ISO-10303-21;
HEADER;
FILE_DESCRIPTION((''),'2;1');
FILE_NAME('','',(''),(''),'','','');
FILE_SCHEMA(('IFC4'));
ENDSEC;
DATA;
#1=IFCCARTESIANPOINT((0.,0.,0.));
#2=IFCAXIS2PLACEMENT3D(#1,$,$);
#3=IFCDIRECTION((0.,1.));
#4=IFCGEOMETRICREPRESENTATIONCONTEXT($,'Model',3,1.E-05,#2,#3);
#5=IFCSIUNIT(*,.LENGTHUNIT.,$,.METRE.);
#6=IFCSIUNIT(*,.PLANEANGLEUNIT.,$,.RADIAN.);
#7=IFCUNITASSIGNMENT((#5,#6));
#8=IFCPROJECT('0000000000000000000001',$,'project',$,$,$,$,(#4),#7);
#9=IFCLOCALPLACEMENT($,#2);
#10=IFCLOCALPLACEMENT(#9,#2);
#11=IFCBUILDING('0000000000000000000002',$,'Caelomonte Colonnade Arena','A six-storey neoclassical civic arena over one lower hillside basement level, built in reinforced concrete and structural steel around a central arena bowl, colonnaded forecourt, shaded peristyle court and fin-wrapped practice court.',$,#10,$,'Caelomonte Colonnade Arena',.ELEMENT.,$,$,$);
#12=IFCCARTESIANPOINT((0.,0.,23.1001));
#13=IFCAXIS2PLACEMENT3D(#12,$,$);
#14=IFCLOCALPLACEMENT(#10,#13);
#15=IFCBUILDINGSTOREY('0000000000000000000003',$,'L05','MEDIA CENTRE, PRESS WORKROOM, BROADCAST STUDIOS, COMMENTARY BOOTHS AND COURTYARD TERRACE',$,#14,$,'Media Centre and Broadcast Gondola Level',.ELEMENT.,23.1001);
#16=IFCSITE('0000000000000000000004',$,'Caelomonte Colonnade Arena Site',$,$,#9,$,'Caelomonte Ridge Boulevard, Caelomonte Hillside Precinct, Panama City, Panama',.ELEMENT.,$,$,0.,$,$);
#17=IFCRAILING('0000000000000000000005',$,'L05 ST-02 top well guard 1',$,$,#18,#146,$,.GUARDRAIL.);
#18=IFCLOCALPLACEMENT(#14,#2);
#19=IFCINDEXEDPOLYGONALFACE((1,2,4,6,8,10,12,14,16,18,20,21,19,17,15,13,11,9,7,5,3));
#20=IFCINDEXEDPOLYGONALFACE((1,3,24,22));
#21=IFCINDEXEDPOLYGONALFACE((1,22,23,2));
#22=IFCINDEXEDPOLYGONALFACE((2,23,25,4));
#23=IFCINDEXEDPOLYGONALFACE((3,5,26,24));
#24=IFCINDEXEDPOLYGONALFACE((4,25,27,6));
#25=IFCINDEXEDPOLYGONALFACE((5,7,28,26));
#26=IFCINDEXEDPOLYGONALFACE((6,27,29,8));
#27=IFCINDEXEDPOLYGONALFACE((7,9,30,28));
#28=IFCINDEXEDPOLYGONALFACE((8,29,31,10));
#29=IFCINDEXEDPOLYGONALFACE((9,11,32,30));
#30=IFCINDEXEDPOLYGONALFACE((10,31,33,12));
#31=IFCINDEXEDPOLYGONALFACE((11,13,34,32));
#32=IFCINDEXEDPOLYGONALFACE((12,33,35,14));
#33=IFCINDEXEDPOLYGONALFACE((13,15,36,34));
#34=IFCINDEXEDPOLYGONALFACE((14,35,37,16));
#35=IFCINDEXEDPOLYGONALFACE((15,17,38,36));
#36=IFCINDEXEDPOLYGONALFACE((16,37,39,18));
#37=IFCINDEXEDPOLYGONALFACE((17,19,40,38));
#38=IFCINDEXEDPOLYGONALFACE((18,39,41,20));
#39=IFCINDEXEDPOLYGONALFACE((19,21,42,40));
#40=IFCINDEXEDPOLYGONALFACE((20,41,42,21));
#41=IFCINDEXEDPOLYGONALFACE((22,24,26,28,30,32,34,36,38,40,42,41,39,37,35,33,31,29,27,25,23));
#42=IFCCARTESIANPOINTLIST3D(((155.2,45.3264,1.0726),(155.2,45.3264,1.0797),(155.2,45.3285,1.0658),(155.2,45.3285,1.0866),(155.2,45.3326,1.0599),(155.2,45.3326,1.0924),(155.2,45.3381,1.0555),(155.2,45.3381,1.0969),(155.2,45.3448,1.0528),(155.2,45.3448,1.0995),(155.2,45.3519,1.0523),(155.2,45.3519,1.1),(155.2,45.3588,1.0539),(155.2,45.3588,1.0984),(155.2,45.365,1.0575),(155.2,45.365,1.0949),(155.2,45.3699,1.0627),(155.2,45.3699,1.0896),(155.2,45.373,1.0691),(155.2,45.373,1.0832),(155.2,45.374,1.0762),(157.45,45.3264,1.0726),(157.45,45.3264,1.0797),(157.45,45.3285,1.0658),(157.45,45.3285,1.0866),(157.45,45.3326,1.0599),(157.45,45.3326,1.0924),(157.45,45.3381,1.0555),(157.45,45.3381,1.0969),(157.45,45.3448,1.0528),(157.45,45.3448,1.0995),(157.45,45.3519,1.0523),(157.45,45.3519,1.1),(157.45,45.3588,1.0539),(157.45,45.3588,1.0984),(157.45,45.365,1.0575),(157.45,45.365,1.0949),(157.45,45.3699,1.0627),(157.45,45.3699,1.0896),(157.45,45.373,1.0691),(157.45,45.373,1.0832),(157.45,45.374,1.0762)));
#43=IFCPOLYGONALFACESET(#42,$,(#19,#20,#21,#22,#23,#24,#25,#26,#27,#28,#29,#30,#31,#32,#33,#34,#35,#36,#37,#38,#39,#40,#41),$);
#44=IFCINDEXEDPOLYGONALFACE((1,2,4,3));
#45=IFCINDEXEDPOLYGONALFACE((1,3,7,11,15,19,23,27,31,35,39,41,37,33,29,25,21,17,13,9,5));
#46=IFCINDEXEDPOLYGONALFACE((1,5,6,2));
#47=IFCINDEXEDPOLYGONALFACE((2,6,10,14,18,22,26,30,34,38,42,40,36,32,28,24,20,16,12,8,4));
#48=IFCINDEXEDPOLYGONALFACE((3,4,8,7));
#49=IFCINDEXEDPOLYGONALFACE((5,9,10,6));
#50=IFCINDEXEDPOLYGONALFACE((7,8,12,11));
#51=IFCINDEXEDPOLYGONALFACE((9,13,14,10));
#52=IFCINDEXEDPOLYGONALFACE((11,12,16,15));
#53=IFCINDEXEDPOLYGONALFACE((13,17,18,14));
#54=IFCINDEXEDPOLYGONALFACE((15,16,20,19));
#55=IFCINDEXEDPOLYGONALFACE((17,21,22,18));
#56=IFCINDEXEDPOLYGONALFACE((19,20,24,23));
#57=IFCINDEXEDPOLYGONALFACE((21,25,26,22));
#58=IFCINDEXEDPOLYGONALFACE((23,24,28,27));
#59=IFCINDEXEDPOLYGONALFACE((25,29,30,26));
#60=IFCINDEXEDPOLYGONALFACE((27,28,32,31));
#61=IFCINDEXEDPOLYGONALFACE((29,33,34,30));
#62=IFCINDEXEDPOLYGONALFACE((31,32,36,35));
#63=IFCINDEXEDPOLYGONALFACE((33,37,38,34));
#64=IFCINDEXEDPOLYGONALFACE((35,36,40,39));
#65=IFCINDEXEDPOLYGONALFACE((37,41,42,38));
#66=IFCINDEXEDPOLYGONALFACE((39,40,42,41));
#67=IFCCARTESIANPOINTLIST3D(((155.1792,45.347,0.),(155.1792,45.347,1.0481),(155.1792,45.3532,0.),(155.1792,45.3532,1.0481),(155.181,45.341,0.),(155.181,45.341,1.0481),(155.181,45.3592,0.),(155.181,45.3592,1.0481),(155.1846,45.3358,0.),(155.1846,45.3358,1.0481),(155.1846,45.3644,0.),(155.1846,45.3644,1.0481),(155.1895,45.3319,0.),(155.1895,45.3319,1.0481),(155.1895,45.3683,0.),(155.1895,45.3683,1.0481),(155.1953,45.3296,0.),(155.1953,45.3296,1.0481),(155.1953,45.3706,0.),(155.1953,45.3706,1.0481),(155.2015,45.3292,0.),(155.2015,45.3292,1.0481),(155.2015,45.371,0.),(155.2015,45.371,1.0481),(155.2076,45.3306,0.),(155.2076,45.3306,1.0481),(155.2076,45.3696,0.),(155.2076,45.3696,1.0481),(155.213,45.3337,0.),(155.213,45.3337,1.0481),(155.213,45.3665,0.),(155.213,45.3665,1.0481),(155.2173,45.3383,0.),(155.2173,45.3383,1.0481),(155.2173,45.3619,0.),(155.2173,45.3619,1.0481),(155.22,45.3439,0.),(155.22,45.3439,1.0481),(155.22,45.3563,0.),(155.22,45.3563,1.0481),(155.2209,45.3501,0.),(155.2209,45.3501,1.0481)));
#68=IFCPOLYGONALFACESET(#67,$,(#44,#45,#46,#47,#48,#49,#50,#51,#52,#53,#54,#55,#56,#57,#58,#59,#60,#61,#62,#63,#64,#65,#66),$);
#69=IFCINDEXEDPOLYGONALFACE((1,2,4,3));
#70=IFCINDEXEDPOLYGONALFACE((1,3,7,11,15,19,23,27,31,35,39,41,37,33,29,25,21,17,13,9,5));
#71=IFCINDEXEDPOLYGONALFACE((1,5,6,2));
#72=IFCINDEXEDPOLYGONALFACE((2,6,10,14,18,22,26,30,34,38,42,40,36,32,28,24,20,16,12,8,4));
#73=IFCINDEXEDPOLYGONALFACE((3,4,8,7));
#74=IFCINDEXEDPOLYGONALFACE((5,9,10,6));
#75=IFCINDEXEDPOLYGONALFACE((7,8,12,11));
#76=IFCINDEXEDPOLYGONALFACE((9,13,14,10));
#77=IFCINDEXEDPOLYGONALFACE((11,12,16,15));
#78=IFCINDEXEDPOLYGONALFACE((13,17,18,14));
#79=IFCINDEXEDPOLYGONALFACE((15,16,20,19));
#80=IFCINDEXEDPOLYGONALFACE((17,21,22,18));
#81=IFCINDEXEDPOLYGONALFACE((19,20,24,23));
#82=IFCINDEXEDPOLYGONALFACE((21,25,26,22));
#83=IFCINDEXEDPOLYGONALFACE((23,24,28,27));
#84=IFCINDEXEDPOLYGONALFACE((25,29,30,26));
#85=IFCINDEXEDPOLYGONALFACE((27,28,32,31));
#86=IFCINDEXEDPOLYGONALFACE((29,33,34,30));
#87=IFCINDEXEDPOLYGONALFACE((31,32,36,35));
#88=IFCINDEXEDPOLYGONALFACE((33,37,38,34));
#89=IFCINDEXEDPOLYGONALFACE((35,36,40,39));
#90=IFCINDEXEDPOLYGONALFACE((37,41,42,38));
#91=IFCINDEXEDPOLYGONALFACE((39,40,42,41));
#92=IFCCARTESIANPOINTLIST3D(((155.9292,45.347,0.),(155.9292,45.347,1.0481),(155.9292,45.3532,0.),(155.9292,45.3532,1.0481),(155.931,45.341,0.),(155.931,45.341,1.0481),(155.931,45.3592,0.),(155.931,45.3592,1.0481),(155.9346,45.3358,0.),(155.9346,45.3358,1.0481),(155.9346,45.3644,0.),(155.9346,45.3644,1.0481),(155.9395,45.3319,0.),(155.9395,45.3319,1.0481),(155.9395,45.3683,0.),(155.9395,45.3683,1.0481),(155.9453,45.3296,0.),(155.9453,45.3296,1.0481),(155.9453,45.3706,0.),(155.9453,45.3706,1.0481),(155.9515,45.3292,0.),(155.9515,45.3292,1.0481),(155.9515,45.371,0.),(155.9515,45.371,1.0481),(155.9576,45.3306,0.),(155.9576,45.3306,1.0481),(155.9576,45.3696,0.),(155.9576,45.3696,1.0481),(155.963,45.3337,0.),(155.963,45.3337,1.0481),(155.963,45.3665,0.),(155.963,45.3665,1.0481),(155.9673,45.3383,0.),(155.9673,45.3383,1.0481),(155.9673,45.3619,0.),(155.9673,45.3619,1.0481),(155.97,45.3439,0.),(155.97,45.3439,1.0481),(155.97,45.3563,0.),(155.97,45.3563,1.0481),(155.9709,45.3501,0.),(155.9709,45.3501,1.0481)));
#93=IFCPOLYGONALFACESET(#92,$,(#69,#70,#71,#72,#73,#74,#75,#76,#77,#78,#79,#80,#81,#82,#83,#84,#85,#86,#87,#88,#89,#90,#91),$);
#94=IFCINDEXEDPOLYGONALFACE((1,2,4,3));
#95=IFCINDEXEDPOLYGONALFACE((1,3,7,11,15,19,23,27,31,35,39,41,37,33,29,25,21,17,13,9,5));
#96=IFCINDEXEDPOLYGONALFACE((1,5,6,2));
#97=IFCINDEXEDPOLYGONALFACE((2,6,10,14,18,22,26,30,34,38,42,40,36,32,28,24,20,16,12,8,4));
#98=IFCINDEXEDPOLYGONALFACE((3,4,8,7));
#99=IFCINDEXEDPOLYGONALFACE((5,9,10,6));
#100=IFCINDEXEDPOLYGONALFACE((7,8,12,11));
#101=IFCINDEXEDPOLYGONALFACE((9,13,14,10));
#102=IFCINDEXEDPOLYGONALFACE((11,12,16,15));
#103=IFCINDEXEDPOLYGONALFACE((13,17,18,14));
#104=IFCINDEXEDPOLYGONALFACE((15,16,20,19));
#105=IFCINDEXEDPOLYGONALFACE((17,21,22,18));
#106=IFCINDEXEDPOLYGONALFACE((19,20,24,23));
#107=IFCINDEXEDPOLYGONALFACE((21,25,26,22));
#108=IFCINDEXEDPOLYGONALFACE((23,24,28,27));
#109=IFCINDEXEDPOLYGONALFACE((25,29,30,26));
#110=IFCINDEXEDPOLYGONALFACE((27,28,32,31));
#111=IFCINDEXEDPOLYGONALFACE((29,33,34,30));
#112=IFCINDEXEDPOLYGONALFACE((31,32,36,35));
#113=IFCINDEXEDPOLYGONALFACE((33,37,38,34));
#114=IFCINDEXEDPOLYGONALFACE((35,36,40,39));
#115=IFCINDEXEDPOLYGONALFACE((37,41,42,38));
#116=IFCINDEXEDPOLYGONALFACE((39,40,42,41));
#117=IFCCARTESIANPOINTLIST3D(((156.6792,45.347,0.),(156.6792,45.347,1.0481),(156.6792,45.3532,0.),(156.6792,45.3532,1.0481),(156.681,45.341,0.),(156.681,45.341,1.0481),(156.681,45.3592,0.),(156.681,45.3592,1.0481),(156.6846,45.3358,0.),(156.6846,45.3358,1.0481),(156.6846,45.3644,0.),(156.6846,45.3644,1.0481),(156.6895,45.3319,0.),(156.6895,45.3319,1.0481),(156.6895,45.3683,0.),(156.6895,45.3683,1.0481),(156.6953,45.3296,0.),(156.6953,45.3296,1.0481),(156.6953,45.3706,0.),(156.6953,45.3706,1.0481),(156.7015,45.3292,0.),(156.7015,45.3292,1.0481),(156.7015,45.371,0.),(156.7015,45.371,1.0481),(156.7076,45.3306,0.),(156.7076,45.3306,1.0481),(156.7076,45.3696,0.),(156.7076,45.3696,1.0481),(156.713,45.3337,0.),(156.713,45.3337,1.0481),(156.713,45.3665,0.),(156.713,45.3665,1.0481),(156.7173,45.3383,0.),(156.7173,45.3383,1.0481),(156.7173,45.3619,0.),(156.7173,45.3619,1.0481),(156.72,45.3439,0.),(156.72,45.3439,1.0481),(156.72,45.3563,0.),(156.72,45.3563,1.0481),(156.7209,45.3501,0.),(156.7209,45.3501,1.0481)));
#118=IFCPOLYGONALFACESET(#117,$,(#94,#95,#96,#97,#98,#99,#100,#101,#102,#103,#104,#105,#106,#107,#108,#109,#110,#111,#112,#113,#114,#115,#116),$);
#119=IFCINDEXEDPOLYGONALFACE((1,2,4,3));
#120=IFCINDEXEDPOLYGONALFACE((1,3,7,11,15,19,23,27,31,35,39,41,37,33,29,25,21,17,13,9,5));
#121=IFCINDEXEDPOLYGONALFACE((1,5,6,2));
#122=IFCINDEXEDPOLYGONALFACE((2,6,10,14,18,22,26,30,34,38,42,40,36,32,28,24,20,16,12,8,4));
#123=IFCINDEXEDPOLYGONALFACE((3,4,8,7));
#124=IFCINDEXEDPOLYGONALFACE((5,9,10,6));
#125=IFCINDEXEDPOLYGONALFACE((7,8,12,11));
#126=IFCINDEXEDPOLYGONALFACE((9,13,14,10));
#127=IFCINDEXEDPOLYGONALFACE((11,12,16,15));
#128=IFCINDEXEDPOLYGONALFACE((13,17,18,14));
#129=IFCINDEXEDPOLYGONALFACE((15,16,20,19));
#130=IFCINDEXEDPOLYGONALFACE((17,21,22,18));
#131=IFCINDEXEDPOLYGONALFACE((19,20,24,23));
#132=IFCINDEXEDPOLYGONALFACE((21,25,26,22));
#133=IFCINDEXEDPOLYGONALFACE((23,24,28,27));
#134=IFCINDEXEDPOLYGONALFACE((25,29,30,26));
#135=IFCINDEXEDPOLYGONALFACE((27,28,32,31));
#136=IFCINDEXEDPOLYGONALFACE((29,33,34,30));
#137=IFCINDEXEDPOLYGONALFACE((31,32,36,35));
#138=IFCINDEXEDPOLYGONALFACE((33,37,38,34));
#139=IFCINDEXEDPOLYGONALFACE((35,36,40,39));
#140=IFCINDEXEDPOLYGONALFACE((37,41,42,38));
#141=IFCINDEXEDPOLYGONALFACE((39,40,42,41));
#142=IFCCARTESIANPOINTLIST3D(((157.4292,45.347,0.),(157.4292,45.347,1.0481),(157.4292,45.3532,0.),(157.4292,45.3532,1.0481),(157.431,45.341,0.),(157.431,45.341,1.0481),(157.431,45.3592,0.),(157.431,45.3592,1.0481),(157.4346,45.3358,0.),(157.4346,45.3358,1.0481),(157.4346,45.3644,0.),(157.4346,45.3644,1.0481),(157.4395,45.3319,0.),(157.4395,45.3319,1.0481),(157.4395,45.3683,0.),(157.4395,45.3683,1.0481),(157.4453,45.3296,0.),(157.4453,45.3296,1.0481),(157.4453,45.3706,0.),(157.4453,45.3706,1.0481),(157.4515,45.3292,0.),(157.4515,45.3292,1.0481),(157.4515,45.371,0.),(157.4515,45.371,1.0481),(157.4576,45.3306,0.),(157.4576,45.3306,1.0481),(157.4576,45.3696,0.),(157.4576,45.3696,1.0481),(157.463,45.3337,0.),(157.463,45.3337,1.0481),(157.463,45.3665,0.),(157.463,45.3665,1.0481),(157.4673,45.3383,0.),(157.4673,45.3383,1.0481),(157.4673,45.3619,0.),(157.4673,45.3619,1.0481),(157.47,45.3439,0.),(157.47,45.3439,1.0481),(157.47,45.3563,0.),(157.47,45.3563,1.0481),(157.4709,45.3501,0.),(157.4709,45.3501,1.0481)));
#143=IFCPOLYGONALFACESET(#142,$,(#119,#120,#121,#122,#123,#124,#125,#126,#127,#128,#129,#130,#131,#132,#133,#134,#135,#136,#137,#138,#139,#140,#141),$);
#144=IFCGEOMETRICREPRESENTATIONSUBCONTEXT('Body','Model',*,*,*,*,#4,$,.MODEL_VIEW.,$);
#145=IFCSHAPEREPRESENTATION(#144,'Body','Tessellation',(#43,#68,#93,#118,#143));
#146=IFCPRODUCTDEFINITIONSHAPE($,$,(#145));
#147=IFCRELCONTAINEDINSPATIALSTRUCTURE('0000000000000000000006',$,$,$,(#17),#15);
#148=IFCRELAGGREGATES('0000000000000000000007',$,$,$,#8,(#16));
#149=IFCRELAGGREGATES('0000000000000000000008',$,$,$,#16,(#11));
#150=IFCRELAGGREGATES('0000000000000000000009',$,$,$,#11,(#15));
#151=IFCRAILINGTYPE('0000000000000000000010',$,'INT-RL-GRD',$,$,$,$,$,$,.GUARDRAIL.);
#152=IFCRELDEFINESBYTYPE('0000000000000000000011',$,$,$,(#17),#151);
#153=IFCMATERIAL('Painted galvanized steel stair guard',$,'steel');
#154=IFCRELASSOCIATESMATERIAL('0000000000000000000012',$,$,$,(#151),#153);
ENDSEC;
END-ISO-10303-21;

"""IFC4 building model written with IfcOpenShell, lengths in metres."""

from ifc_helpers import new_model, si_unit, direction, frame, origin, origin_2d, place, context, subcontext, project, spatial, circle, extrude, material, type_object, element, save


model = new_model("IFC4")

# Units and contexts
model_context = context("Model", 3, precision=1e-05, world=origin(), true_north=direction((0.0, 1.0)))
body_context = subcontext(model_context, "Body", "Model", "MODEL_VIEW")
ifc_project = project(units=[si_unit("LENGTHUNIT", "METRE"), si_unit("PLANEANGLEUNIT", "RADIAN")], contexts=[model_context])

# Site, building, storey
site_placement = place(None, origin())
site = spatial("IfcSite", under=ifc_project, at=site_placement, Name="Caelomonte Colonnade Arena Site", LongName="Caelomonte Ridge Boulevard, Caelomonte Hillside Precinct, Panama City, Panama", CompositionType="ELEMENT", RefElevation=0.0)
building_placement = place(site_placement, origin())
building = spatial("IfcBuilding", under=site, at=building_placement, Name="Caelomonte Colonnade Arena", Description="A six-storey neoclassical civic arena over one lower hillside basement level, built in reinforced concrete and structural steel around a central arena bowl, colonnaded forecourt, shaded peristyle court and fin-wrapped practice court.", LongName="Caelomonte Colonnade Arena", CompositionType="ELEMENT")
storey_placement = place(building_placement, frame((0.0, 0.0, 23.1001)))
storey = spatial("IfcBuildingStorey", under=building, at=storey_placement, Name="L05", Description="MEDIA CENTRE, PRESS WORKROOM, BROADCAST STUDIOS, COMMENTARY BOOTHS AND COURTYARD TERRACE", LongName="Media Centre and Broadcast Gondola Level", CompositionType="ELEMENT", Elevation=23.1001)

# Railing
ifc_material_1 = material(Name="Painted galvanized steel stair guard", Category="steel")
railing_type = type_object("IfcRailingType", Name="INT-RL-GRD", PredefinedType="GUARDRAIL", material=ifc_material_1)
for number, where, name in (
    (1, (155.2, 45.3501, 0.0), "L05 ST-02 top well guard 1"),
):
    element("IfcRailing", number, at=place(storey_placement, frame(where)), inside=storey, type_object=railing_type, Name=name, PredefinedType="GUARDRAIL", context=body_context, shape_type="SweptSolid", body=[
        extrude(circle(Radius=0.0239, at=origin_2d()), frame((0.0, 0.0, 1.0762), z_axis=(1.0, 0.0, 0.0), x_axis=(0.0, 1.0, 0.0)), (0.0, 0.0, 1.0), 2.25),
        extrude(circle(Radius=0.021, at=origin_2d()), origin(), (0.0, 0.0, 1.0), 1.0481),
        extrude(circle(Radius=0.021, at=origin_2d()), frame((0.75, 0.0, 0.0)), (0.0, 0.0, 1.0), 1.0481),
        extrude(circle(Radius=0.021, at=origin_2d()), frame((1.5, 0.0, 0.0)), (0.0, 0.0, 1.0), 1.0481),
        extrude(circle(Radius=0.021, at=origin_2d()), frame((2.25, 0.0, 0.0)), (0.0, 0.0, 1.0), 1.0481),
    ])

save(model, "model.ifc")
